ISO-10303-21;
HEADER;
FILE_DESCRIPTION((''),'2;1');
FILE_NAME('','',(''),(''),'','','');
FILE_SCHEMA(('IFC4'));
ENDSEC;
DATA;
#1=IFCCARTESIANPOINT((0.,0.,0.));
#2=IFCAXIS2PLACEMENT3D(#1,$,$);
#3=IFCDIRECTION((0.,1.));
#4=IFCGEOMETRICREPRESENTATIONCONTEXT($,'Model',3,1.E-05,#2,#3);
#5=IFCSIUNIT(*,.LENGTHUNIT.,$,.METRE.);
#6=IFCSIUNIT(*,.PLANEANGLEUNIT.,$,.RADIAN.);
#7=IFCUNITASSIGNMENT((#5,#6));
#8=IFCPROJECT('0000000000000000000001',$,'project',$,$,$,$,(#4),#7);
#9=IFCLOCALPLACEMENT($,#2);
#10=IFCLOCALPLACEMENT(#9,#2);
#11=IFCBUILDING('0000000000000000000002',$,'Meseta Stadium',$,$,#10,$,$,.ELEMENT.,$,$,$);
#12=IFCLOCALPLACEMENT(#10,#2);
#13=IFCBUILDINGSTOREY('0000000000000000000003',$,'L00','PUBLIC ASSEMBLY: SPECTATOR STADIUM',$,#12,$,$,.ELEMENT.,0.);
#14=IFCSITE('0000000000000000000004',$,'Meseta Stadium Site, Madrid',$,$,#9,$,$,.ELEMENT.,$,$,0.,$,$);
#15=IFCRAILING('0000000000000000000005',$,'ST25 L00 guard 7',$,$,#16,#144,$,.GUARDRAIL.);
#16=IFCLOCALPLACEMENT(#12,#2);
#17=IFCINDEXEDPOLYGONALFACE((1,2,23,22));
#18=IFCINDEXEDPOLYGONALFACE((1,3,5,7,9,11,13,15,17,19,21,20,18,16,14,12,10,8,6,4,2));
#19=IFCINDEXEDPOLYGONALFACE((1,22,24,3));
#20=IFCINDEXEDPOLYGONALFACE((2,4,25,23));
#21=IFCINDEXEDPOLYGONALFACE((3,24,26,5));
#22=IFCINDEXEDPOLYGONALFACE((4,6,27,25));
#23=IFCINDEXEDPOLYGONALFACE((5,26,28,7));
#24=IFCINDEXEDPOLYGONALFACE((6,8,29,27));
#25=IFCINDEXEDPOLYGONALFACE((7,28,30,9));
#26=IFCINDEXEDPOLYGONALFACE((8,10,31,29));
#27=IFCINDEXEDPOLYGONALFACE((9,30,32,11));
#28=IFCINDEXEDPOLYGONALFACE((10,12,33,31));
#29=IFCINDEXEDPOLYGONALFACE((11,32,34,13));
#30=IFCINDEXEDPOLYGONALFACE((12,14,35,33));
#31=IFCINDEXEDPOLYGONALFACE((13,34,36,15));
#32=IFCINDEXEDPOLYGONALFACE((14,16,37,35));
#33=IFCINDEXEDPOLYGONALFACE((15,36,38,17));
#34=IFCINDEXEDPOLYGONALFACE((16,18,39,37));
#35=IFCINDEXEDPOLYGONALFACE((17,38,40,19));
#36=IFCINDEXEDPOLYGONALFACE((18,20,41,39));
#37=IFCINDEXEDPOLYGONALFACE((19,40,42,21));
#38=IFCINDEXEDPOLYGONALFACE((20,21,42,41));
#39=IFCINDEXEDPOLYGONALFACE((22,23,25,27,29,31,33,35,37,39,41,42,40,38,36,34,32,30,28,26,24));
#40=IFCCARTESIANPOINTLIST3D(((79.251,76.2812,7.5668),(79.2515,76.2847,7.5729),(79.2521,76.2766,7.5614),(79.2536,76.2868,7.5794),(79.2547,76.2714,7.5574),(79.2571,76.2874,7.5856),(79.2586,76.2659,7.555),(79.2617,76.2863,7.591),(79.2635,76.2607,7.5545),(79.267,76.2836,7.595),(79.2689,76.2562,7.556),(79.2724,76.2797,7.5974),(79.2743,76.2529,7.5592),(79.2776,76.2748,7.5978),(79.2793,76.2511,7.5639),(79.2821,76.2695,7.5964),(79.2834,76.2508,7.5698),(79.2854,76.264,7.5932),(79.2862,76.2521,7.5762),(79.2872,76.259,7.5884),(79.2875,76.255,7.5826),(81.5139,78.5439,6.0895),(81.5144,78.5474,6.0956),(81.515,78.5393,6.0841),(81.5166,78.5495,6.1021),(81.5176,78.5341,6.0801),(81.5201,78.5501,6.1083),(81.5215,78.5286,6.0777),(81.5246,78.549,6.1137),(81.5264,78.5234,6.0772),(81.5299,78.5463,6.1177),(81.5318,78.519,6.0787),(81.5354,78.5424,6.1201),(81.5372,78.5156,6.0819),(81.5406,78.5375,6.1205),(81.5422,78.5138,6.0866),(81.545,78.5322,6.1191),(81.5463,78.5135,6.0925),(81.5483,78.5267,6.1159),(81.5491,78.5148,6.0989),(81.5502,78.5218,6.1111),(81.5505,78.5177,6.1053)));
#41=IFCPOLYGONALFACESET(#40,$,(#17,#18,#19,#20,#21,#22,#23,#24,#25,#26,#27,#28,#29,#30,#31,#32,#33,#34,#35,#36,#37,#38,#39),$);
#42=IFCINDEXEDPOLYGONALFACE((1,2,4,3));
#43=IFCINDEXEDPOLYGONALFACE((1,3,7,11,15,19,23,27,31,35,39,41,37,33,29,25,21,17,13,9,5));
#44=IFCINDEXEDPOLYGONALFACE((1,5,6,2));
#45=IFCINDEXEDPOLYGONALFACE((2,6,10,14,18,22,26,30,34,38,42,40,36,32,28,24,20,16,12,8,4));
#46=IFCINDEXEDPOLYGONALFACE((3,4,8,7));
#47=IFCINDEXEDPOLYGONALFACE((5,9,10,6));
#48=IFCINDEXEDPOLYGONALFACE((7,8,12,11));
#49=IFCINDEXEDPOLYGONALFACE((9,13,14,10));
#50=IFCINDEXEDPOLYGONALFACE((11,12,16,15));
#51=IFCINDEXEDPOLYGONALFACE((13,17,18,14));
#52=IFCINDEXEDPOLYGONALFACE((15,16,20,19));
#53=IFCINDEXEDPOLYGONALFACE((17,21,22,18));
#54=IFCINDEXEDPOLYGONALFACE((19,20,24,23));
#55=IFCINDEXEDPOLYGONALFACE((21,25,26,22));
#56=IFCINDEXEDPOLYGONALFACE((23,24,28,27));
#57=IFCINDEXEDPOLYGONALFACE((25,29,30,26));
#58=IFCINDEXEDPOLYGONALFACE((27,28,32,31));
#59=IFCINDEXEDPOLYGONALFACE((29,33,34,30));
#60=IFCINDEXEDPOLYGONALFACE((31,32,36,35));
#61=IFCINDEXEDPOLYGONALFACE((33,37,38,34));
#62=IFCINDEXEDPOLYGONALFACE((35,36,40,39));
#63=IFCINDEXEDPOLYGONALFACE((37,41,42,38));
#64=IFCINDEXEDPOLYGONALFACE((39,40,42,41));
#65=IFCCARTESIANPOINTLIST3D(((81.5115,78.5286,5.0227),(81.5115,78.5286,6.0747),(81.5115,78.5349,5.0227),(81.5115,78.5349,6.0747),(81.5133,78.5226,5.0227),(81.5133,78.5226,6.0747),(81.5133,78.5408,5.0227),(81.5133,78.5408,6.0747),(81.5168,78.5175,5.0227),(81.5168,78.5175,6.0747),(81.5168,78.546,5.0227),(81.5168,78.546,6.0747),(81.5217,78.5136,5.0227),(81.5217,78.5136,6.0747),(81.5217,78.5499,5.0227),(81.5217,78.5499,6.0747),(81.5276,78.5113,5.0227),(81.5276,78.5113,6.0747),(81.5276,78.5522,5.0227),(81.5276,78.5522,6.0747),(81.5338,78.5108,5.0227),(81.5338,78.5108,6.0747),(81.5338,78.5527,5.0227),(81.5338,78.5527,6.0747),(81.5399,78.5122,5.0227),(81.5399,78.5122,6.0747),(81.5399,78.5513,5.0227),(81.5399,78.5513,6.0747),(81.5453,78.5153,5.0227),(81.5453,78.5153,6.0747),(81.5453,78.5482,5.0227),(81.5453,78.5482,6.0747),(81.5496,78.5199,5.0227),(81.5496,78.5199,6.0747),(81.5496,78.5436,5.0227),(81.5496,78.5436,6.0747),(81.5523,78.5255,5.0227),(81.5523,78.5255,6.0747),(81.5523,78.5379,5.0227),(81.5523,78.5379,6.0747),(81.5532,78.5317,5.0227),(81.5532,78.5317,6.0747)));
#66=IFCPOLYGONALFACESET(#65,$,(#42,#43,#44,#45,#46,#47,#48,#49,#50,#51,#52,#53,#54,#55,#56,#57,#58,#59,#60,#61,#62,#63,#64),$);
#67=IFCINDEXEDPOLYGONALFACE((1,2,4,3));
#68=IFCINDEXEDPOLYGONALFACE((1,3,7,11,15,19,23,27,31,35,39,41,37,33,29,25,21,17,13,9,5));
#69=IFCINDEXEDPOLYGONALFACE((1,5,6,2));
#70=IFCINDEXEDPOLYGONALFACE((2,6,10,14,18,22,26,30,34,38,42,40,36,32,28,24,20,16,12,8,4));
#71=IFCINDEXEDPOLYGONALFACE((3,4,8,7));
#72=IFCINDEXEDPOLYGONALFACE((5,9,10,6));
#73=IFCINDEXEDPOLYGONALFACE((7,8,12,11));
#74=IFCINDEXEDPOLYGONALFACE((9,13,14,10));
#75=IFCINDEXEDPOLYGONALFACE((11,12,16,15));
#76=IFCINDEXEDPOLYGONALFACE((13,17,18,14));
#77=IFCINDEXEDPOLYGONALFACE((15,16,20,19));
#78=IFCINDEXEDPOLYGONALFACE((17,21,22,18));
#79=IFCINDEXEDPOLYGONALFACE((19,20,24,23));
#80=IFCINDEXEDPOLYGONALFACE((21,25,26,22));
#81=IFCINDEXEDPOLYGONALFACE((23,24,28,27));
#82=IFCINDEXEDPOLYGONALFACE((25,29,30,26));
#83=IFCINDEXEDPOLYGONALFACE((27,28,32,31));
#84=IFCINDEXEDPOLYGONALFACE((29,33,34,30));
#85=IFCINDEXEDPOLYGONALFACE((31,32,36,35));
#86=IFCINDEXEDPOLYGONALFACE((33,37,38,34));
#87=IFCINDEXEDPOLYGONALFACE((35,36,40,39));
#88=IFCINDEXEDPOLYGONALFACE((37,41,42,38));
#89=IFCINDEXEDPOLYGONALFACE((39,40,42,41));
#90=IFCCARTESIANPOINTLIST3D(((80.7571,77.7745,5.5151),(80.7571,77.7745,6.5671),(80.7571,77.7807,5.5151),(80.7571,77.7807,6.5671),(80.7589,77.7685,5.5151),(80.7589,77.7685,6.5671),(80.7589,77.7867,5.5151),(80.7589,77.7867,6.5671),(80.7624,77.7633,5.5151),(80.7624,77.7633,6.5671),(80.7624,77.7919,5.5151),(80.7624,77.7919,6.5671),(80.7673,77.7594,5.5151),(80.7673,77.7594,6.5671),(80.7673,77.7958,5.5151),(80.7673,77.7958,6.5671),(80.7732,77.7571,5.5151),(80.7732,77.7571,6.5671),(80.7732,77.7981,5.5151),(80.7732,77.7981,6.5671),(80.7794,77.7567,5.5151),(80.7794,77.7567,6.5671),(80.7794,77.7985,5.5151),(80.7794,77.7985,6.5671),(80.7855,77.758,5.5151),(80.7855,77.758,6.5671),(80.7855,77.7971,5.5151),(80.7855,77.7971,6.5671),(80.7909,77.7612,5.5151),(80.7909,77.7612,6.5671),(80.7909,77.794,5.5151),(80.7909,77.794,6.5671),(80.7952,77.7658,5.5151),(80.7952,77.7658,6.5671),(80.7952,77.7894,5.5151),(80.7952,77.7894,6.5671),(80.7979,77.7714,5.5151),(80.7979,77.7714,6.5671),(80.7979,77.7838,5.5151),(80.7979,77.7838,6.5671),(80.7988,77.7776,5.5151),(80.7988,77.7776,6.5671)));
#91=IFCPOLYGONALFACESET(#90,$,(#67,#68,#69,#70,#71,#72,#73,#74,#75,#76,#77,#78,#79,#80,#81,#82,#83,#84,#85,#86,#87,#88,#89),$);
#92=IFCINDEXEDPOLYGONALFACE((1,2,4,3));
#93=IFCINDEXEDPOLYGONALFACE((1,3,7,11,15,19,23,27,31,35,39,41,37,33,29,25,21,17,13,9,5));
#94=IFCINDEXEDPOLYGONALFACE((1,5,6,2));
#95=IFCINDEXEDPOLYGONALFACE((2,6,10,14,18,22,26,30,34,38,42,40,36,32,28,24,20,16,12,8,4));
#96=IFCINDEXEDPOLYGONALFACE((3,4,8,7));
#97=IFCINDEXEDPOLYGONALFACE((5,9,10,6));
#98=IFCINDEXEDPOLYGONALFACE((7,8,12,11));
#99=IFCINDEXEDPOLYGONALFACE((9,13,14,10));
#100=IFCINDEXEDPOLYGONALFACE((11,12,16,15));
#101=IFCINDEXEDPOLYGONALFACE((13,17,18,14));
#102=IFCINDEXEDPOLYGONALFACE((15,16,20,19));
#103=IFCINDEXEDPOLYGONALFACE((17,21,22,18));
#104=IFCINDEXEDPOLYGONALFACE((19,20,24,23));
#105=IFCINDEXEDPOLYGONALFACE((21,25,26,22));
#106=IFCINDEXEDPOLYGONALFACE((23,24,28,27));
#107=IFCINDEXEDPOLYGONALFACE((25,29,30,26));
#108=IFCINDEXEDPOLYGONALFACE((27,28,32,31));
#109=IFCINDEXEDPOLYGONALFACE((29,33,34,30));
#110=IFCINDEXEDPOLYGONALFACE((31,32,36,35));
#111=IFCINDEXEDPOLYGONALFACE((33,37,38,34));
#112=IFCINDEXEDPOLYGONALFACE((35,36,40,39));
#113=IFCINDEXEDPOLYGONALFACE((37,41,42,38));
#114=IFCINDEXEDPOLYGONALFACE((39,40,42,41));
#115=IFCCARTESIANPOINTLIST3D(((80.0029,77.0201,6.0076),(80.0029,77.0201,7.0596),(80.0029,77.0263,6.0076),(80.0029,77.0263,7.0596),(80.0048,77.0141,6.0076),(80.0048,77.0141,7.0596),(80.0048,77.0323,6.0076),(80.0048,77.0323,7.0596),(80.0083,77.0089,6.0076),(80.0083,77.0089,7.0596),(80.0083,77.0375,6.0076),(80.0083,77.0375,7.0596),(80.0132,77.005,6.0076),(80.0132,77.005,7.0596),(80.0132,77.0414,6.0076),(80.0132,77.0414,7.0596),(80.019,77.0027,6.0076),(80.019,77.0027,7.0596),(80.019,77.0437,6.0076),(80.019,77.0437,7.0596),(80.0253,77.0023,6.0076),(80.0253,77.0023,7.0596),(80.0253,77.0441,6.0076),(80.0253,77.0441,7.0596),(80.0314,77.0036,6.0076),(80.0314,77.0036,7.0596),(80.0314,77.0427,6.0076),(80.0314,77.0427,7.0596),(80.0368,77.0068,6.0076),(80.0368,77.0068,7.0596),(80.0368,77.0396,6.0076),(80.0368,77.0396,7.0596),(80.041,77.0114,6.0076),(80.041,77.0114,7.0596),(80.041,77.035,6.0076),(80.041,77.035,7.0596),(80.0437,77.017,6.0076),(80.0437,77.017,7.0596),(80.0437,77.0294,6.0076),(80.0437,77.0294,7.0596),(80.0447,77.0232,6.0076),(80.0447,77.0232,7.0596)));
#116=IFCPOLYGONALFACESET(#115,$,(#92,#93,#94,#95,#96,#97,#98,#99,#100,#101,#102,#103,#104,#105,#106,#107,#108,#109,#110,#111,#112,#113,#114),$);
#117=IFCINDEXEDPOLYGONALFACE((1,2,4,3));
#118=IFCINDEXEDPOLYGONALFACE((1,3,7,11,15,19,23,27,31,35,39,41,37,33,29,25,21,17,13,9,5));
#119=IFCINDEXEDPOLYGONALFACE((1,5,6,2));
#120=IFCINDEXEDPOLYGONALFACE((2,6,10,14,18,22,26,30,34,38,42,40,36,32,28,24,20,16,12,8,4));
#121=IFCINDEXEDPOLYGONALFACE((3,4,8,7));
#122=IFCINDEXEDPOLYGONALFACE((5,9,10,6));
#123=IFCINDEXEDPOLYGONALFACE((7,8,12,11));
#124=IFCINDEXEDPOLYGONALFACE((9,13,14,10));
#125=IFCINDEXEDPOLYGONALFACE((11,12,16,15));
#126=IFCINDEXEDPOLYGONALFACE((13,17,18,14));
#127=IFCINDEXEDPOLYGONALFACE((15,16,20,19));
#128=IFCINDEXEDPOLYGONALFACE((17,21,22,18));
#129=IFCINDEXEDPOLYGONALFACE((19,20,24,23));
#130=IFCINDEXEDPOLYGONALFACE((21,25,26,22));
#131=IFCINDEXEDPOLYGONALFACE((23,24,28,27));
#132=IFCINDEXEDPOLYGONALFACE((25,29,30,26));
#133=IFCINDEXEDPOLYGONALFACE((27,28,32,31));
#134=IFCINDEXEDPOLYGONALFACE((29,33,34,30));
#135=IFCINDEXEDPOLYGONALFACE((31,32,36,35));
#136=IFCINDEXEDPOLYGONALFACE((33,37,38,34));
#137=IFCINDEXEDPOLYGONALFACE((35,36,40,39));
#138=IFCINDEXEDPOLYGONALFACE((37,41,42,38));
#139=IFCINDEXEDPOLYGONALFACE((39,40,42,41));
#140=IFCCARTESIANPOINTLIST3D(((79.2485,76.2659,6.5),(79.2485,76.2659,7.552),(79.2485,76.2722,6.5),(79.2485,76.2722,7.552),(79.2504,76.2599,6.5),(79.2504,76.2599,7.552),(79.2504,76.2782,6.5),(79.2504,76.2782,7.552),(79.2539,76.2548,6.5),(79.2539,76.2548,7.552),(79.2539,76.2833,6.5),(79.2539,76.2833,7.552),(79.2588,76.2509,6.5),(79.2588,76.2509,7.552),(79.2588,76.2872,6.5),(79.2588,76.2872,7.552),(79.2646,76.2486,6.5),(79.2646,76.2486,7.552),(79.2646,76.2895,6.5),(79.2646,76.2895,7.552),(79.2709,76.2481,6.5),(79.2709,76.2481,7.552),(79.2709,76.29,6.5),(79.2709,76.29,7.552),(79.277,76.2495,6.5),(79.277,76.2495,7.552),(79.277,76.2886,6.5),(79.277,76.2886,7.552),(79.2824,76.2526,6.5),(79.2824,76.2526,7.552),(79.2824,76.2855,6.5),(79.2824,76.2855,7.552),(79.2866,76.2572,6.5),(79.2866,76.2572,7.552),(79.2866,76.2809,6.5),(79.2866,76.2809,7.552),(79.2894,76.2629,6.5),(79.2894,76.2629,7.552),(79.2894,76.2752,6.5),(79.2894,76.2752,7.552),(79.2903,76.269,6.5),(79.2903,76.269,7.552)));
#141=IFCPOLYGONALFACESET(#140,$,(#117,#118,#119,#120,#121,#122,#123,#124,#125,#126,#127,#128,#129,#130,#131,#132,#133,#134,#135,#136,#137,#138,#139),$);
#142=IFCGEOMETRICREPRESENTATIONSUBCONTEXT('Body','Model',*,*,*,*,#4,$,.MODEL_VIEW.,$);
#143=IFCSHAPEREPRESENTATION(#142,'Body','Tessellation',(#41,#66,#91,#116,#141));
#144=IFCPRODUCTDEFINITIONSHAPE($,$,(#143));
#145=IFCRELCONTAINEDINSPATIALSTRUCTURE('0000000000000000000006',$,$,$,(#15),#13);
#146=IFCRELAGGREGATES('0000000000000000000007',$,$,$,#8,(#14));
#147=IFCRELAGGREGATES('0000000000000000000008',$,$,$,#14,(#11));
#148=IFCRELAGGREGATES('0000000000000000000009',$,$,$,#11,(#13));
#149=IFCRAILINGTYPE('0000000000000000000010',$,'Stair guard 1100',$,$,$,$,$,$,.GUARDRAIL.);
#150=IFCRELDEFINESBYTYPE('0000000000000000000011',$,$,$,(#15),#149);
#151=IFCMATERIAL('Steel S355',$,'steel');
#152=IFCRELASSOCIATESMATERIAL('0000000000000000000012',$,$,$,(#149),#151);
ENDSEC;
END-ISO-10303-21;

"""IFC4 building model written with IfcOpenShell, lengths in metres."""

from ifc_helpers import new_model, si_unit, direction, frame, origin, origin_2d, place, context, subcontext, project, spatial, circle, extrude, material, type_object, element, save


model = new_model("IFC4")

# Units and contexts
model_context = context("Model", 3, precision=1e-05, world=origin(), true_north=direction((0.0, 1.0)))
body_context = subcontext(model_context, "Body", "Model", "MODEL_VIEW")
ifc_project = project(units=[si_unit("LENGTHUNIT", "METRE"), si_unit("PLANEANGLEUNIT", "RADIAN")], contexts=[model_context])

# Site, building, storey
site_placement = place(None, origin())
site = spatial("IfcSite", under=ifc_project, at=site_placement, Name="Meseta Stadium Site, Madrid", CompositionType="ELEMENT", RefElevation=0.0)
building_placement = place(site_placement, origin())
building = spatial("IfcBuilding", under=site, at=building_placement, Name="Meseta Stadium", CompositionType="ELEMENT")
storey_placement = place(building_placement, origin())
storey = spatial("IfcBuildingStorey", under=building, at=storey_placement, Name="L00", Description="PUBLIC ASSEMBLY: SPECTATOR STADIUM", CompositionType="ELEMENT", Elevation=0.0)

# Railing
ifc_material_1 = material(Name="Steel S355", Category="steel")
railing_type = type_object("IfcRailingType", Name="Stair guard 1100", PredefinedType="GUARDRAIL", material=ifc_material_1)
for number, where, name in (
    (1, (81.5322, 78.5317, 5.0227), "ST25 L00 guard 7"),
):
    element("IfcRailing", number, at=place(storey_placement, frame(where)), inside=storey, type_object=railing_type, Name=name, PredefinedType="GUARDRAIL", context=body_context, shape_type="SweptSolid", body=[
        extrude(circle(Radius=0.0239, at=origin_2d()), frame((0.0, 0.0, 1.0762), z_axis=(-0.642034, -0.641965, 0.419134), x_axis=(0.707069, -0.707145, 0.0)), (0.0, 0.0, 1.0), 3.5247),
        extrude(circle(Radius=0.021, at=origin_2d()), origin(), (0.0, 0.0, 1.0), 1.052),
        extrude(circle(Radius=0.021, at=origin_2d()), frame((-0.7544, -0.7542, 0.4924)), (0.0, 0.0, 1.0), 1.052),
        extrude(circle(Radius=0.021, at=origin_2d()), frame((-1.5085, -1.5085, 0.9849)), (0.0, 0.0, 1.0), 1.052),
        extrude(circle(Radius=0.021, at=origin_2d()), frame((-2.2629, -2.2627, 1.4773)), (0.0, 0.0, 1.0), 1.052),
    ])

save(model, "model.ifc")
